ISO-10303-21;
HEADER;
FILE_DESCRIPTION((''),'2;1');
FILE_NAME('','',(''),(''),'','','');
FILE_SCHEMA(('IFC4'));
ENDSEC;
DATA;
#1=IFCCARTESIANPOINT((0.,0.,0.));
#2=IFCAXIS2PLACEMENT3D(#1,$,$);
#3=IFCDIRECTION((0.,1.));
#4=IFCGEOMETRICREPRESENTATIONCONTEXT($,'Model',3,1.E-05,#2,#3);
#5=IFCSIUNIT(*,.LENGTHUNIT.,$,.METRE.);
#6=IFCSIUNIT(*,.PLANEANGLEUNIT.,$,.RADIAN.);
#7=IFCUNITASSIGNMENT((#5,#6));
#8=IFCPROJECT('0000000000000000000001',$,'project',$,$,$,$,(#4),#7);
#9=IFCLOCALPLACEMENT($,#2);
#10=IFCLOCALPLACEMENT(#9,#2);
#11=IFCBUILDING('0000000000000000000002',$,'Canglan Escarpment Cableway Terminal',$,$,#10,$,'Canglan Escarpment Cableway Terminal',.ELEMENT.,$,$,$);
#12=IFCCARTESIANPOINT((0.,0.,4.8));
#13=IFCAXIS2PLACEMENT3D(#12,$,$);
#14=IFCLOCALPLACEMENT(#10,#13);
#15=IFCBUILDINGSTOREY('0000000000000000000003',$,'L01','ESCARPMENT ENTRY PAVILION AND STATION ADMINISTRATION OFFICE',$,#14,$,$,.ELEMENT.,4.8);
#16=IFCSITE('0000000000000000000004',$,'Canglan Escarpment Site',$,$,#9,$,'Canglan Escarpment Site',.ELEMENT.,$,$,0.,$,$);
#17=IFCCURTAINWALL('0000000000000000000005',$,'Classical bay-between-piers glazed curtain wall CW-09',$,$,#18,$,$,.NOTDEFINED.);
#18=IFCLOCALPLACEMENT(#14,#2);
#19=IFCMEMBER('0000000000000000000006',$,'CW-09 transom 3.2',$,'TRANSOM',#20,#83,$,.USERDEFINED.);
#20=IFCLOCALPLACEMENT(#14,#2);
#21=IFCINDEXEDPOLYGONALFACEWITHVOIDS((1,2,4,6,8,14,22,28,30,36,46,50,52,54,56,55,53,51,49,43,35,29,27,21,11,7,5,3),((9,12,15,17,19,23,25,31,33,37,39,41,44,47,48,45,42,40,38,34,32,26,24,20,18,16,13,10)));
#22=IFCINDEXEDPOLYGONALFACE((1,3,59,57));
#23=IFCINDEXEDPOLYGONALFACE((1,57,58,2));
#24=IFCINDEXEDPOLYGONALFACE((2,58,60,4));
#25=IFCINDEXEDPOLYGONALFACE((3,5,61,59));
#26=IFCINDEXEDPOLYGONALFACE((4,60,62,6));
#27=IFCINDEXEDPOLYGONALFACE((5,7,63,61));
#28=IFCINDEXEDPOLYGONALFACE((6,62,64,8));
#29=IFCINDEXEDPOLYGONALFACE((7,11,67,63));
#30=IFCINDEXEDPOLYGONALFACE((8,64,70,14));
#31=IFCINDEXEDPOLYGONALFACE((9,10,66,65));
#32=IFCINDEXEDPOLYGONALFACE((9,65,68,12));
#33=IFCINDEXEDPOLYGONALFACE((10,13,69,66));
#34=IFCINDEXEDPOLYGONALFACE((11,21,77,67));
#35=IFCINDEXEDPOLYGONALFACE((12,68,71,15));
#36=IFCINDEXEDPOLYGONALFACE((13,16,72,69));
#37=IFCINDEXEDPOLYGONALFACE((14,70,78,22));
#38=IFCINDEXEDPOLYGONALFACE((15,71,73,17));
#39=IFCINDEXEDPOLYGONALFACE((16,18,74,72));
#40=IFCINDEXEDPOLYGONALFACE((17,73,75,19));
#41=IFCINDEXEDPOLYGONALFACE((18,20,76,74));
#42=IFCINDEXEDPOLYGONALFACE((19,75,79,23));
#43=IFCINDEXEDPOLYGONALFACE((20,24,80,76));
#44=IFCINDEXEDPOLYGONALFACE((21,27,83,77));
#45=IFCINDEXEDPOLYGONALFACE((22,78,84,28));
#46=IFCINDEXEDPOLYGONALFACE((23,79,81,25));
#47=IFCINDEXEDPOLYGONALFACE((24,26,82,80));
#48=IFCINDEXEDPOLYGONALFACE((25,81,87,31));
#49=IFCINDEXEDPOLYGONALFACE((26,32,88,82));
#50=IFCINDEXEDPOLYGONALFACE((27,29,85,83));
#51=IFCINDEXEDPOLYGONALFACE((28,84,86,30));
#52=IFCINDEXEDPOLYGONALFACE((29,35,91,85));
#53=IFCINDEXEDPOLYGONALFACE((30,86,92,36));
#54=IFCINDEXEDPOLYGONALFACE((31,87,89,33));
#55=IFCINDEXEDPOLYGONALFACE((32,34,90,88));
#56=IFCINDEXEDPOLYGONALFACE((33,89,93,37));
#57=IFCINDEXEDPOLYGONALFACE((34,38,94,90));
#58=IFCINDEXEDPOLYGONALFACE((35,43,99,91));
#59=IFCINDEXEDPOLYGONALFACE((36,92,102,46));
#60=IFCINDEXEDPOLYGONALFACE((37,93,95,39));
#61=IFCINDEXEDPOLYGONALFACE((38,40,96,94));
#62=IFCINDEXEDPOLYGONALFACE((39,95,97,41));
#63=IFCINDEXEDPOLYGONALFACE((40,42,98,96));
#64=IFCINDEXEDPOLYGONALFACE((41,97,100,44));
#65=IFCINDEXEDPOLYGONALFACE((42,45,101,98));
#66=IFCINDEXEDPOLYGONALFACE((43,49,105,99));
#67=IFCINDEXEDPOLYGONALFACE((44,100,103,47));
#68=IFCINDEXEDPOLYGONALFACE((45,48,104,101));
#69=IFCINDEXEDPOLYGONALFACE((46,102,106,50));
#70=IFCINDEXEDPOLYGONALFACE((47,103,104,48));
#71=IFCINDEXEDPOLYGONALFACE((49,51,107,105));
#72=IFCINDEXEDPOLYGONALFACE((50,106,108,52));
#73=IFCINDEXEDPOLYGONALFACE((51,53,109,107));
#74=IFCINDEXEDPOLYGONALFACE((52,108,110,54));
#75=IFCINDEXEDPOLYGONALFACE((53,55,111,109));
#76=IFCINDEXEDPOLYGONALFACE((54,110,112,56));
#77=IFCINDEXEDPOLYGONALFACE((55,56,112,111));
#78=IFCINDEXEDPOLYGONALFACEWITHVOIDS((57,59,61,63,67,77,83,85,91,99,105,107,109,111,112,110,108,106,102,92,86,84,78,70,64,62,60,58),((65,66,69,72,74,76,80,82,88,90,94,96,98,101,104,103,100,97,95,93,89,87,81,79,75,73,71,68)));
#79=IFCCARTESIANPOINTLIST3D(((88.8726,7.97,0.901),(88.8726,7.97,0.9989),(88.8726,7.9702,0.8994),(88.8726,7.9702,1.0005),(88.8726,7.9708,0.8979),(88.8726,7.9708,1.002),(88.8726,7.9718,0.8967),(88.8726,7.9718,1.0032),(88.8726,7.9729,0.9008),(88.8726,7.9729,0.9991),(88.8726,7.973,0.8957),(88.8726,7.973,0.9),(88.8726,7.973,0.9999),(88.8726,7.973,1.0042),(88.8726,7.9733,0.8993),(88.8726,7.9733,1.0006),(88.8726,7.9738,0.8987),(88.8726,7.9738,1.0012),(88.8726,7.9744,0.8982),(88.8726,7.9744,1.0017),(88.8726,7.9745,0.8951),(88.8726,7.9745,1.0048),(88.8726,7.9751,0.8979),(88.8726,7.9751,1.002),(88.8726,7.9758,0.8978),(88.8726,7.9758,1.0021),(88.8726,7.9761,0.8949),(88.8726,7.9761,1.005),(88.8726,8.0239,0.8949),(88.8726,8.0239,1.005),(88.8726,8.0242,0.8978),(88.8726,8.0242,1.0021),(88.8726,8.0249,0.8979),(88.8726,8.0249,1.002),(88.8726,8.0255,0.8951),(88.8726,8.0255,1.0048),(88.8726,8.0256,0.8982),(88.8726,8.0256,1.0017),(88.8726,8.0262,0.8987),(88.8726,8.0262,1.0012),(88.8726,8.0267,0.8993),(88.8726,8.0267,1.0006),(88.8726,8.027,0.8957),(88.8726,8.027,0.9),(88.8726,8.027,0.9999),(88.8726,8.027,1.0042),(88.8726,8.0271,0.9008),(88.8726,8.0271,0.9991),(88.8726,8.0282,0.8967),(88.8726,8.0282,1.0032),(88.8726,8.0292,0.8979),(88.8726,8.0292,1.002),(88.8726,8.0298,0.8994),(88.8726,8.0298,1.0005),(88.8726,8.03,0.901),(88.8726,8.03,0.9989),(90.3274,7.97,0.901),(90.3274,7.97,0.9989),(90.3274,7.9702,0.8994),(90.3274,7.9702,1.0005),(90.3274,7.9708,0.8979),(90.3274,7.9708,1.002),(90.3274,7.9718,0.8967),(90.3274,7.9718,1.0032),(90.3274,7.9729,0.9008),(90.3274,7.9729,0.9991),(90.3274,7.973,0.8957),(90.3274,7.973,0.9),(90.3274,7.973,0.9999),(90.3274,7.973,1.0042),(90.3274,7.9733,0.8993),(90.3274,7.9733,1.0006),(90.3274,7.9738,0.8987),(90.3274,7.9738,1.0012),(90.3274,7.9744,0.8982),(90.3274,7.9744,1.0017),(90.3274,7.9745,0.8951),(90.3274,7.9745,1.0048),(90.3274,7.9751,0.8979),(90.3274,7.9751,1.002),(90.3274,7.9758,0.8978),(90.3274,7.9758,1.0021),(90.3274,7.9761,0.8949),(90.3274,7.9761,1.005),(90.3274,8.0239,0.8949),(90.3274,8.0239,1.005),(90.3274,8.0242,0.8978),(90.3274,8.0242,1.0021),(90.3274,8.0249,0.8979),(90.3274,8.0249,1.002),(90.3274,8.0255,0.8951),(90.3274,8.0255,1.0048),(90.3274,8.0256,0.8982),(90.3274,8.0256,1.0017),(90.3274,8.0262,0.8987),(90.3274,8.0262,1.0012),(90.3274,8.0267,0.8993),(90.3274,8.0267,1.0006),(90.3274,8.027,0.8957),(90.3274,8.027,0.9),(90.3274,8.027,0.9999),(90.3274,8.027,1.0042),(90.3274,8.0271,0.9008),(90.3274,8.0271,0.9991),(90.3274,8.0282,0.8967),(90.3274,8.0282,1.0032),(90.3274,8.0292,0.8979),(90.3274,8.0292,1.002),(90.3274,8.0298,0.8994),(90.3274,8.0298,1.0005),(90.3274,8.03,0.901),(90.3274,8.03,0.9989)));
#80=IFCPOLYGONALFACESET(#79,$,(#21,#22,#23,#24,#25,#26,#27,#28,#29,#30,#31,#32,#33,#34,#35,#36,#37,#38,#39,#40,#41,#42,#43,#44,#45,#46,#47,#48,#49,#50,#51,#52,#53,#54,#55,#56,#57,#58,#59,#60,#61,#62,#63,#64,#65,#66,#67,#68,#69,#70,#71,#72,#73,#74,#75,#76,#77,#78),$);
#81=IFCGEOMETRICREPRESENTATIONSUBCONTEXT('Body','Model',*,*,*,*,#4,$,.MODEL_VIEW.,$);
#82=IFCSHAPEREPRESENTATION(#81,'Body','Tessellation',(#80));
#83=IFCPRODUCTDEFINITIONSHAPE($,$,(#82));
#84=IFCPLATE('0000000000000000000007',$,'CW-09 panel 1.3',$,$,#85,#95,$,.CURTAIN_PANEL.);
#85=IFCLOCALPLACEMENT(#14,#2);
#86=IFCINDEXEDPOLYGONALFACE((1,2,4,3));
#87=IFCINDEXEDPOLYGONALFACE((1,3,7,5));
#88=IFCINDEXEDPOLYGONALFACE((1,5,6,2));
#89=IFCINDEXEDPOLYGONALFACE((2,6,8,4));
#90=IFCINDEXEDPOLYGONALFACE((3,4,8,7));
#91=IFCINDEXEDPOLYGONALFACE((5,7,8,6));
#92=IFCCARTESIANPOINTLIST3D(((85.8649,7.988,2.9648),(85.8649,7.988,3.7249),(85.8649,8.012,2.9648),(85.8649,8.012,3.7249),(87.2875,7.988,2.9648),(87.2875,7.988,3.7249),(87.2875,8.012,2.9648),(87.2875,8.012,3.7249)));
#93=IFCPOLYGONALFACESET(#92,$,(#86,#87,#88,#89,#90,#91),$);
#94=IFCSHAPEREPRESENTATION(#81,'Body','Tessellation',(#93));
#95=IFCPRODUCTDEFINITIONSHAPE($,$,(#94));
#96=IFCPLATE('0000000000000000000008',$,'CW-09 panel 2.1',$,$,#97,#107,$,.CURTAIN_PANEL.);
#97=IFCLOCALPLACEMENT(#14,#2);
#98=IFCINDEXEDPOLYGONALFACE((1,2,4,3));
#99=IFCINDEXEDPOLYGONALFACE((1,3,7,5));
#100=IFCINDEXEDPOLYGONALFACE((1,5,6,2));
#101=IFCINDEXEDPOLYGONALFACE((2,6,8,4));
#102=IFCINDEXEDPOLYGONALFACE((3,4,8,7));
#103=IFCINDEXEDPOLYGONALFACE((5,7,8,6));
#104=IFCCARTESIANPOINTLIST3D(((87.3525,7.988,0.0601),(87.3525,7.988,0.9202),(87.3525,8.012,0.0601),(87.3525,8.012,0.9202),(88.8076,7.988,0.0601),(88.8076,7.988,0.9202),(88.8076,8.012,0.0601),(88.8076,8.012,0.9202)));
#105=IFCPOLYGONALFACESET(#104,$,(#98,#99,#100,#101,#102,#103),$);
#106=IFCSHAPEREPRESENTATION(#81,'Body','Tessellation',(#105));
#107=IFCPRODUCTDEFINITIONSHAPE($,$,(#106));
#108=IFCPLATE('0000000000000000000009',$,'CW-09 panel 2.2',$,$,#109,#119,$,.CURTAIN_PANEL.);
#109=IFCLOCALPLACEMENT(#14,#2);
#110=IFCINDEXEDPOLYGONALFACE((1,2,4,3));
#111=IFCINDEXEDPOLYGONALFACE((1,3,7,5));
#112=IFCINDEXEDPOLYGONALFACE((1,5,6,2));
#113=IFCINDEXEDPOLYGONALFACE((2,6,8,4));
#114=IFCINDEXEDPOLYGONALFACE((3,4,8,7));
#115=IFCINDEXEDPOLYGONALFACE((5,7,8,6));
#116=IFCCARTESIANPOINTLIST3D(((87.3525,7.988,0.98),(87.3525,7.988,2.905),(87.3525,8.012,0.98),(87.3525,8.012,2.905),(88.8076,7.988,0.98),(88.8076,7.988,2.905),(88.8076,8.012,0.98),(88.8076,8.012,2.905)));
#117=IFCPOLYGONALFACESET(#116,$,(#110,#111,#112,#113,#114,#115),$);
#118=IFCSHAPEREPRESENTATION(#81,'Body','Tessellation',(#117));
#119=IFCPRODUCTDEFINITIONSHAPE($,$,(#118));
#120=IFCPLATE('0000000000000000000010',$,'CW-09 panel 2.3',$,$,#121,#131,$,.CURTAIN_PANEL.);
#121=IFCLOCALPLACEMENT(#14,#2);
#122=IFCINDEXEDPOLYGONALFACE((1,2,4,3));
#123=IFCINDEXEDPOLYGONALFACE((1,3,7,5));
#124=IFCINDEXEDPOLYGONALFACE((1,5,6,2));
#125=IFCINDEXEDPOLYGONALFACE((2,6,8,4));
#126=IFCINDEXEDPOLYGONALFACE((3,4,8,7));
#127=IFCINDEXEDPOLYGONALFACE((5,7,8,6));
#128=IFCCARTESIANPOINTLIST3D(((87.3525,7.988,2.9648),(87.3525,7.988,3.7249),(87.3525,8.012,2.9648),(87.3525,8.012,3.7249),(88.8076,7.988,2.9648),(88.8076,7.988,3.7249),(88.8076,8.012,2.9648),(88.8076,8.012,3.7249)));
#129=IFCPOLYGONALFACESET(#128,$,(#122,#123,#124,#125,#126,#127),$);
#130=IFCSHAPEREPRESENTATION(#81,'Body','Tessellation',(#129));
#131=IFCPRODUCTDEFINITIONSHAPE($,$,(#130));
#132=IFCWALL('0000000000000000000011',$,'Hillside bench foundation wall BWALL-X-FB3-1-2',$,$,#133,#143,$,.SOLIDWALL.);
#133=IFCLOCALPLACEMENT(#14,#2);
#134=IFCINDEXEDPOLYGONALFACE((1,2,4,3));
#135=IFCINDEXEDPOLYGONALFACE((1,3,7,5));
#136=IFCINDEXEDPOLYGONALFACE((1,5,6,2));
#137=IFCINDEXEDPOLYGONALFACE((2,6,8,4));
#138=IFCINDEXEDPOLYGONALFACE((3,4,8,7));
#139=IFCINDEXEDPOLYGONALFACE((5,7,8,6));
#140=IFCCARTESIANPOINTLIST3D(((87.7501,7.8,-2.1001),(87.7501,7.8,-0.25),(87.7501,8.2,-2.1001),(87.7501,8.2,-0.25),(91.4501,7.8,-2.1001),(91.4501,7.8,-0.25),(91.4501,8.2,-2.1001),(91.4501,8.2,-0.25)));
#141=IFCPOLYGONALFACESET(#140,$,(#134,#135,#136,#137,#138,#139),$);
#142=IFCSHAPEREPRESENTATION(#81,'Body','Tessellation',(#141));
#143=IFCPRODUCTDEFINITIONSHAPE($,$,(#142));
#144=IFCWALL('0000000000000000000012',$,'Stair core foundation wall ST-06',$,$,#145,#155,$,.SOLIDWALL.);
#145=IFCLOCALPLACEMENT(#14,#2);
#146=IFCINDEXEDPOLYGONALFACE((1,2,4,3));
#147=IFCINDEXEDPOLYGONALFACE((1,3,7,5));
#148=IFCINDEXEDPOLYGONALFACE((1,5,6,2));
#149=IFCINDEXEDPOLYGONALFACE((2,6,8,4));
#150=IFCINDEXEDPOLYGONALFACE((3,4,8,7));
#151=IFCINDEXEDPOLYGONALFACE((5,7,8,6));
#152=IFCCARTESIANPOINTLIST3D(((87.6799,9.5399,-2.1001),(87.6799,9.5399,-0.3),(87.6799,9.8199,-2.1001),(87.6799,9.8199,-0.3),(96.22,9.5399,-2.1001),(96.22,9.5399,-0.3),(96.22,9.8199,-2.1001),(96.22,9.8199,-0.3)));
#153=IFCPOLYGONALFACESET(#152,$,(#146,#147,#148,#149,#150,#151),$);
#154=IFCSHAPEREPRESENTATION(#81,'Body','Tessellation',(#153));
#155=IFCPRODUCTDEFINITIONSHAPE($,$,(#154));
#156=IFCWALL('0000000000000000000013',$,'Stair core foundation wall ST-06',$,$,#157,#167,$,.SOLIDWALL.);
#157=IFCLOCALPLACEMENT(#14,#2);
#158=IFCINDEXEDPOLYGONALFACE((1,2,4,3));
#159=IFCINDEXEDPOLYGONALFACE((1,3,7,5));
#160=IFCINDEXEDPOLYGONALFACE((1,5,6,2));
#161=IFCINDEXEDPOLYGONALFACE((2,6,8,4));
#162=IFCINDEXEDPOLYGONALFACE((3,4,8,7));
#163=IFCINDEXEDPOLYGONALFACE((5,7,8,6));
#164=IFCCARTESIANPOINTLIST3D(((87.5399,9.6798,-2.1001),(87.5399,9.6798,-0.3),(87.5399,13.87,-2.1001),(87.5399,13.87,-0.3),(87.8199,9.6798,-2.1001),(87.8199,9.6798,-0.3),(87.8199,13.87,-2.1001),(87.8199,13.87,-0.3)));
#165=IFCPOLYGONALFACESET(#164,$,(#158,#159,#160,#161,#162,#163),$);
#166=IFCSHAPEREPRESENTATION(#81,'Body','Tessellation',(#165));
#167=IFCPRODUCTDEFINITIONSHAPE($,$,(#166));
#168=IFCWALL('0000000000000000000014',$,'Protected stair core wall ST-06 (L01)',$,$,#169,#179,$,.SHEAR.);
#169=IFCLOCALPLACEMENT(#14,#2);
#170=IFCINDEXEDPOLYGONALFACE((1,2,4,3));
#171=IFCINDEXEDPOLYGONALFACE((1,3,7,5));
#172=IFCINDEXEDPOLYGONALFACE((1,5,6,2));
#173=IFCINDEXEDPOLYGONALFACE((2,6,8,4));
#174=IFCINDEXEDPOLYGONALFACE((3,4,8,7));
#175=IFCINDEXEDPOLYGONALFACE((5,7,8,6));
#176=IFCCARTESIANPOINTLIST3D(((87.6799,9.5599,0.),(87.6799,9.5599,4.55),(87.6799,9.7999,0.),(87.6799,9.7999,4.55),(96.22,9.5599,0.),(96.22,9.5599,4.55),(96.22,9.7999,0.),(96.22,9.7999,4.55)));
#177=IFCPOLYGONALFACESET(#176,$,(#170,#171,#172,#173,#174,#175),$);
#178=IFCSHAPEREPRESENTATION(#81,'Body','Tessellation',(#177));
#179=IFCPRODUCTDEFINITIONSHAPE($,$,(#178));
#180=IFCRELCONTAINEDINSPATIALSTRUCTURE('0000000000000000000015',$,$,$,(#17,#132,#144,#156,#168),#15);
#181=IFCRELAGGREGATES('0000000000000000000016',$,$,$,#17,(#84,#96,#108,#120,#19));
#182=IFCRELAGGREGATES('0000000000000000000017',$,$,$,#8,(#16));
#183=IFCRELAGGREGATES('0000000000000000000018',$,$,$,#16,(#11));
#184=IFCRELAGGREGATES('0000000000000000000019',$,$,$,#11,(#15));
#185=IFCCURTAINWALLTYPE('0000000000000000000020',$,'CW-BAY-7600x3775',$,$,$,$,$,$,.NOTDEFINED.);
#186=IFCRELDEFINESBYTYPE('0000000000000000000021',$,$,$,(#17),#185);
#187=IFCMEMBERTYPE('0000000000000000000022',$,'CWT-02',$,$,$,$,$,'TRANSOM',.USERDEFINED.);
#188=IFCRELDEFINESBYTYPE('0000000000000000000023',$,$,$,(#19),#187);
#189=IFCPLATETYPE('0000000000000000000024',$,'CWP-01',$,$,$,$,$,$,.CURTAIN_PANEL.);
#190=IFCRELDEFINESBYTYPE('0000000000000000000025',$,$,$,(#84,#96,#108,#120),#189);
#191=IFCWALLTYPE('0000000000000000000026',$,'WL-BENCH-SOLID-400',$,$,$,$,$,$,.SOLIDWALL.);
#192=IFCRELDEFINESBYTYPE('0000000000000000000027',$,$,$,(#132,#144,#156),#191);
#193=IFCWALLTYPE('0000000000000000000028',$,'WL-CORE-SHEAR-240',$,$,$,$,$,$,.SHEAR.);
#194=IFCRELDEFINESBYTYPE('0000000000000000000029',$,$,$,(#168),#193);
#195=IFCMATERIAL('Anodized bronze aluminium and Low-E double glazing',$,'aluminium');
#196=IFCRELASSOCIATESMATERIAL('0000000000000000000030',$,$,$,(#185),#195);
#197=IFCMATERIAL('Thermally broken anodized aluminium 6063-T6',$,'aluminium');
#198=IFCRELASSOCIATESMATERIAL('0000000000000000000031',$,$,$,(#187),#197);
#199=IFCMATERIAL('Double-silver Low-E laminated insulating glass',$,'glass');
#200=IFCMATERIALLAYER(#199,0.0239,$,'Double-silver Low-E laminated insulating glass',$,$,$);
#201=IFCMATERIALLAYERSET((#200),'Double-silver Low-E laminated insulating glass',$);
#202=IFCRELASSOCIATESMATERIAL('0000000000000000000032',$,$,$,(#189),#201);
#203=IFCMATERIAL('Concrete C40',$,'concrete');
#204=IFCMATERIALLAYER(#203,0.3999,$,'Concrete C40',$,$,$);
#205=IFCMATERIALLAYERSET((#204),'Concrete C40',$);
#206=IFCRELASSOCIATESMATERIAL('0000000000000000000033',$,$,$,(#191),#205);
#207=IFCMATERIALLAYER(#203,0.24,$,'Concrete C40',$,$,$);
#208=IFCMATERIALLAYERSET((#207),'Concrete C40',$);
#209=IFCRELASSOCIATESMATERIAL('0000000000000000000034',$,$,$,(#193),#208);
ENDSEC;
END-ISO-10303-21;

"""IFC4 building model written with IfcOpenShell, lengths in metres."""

from ifc_helpers import new_model, si_unit, direction, frame, frame_2d, origin, origin_2d, place, context, subcontext, project, spatial, rectangle, hollow_rectangle, extrude, material, layer, layer_set, material_profile, profile_set, type_object, element, aggregate, save


model = new_model("IFC4")

# Units and contexts
model_context = context("Model", 3, precision=1e-05, world=origin(), true_north=direction((0.0, 1.0)))
body_context = subcontext(model_context, "Body", "Model", "MODEL_VIEW")
ifc_project = project(units=[si_unit("LENGTHUNIT", "METRE"), si_unit("PLANEANGLEUNIT", "RADIAN")], contexts=[model_context])

# Site, building, storey
site_placement = place(None, origin())
site = spatial("IfcSite", under=ifc_project, at=site_placement, Name="Canglan Escarpment Site", LongName="Canglan Escarpment Site", CompositionType="ELEMENT", RefElevation=0.0)
building_placement = place(site_placement, origin())
building = spatial("IfcBuilding", under=site, at=building_placement, Name="Canglan Escarpment Cableway Terminal", LongName="Canglan Escarpment Cableway Terminal", CompositionType="ELEMENT")
storey_placement = place(building_placement, frame((0.0, 0.0, 4.8)))
storey = spatial("IfcBuildingStorey", under=building, at=storey_placement, Name="L01", Description="ESCARPMENT ENTRY PAVILION AND STATION ADMINISTRATION OFFICE", CompositionType="ELEMENT", Elevation=4.8)

# Shared definitions
ifc_material_1 = material(Name="Concrete C40", Category="concrete")

# Curtain wall, member, plates
ifc_material_2 = material(Name="Anodized bronze aluminium and Low-E double glazing", Category="aluminium")
curtain_wall_type = type_object("IfcCurtainWallType", Name="CW-BAY-7600x3775", PredefinedType="NOTDEFINED", material=ifc_material_2)
curtain_wall_placement = place(storey_placement, origin())
curtain_wall = element("IfcCurtainWall", 1, at=curtain_wall_placement, inside=storey, type_object=curtain_wall_type, Name="Classical bay-between-piers glazed curtain wall CW-09", PredefinedType="NOTDEFINED")
ifc_material_3 = material(Name="Thermally broken anodized aluminium 6063-T6", Category="aluminium")
ifc_material_profile_1 = material_profile(ifc_material_3, hollow_rectangle(XDim=0.0601, YDim=0.1101, WallThickness=0.0029, InnerFilletRadius=0.0029, OuterFilletRadius=0.0061, at=origin_2d()), Name="ALU-TRAN 60x110x3")
ifc_profile_set_1 = profile_set([ifc_material_profile_1], Name="Thermally broken anodized aluminium 6063-T6")
member_type_1 = type_object("IfcMemberType", Name="CWT-02", ElementType="TRANSOM", PredefinedType="USERDEFINED", material=ifc_profile_set_1)
member_1_placement = place(storey_placement, frame((88.8726, 8.0, 0.95), z_axis=(1.0, 0.0, 0.0), x_axis=(0.0, 1.0, 0.0)))
member_1 = element("IfcMember", 2, at=member_1_placement, type_object=member_type_1, Name="CW-09 transom 3.2", ObjectType="TRANSOM", PredefinedType="USERDEFINED", context=body_context, shape_type="SweptSolid", body=[
    extrude(hollow_rectangle(XDim=0.0601, YDim=0.1101, WallThickness=0.0029, InnerFilletRadius=0.0029, OuterFilletRadius=0.0061, at=origin_2d()), origin(), (0.0, 0.0, 1.0), 1.4548),
])
ifc_material_4 = material(Name="Double-silver Low-E laminated insulating glass", Category="glass")
ifc_layer_1 = layer(ifc_material_4, 0.0239, Name="Double-silver Low-E laminated insulating glass")
ifc_layer_set_1 = layer_set([ifc_layer_1], Name="Double-silver Low-E laminated insulating glass")
plate_type = type_object("IfcPlateType", Name="CWP-01", PredefinedType="CURTAIN_PANEL", material=ifc_layer_set_1)
plate_1_placement = place(storey_placement, frame((86.5762, 8.0, 2.9648), z_axis=(0.0, 0.0, 1.0), x_axis=(1.0, 0.0, 0.0)))
plate_1 = element("IfcPlate", 3, at=plate_1_placement, type_object=plate_type, Name="CW-09 panel 1.3", PredefinedType="CURTAIN_PANEL", context=body_context, shape_type="SweptSolid", body=[
    extrude(rectangle(XDim=1.4226, YDim=0.0239, at=origin_2d()), origin(), (0.0, 0.0, 1.0), 0.76),
])
plate_2_placement = place(storey_placement, frame((88.0801, 8.0, 0.0601), z_axis=(0.0, 0.0, 1.0), x_axis=(1.0, 0.0, 0.0)))
plate_2 = element("IfcPlate", 4, at=plate_2_placement, type_object=plate_type, Name="CW-09 panel 2.1", PredefinedType="CURTAIN_PANEL", context=body_context, shape_type="SweptSolid", body=[
    extrude(rectangle(XDim=1.4551, YDim=0.0239, at=origin_2d()), origin(), (0.0, 0.0, 1.0), 0.8601),
])
plate_3_placement = place(storey_placement, frame((88.0801, 8.0, 0.98), z_axis=(0.0, 0.0, 1.0), x_axis=(1.0, 0.0, 0.0)))
plate_3 = element("IfcPlate", 5, at=plate_3_placement, type_object=plate_type, Name="CW-09 panel 2.2", PredefinedType="CURTAIN_PANEL", context=body_context, shape_type="SweptSolid", body=[
    extrude(rectangle(XDim=1.4551, YDim=0.0239, at=origin_2d()), origin(), (0.0, 0.0, 1.0), 1.925),
])
plate_4_placement = place(storey_placement, frame((88.0801, 8.0, 2.9648), z_axis=(0.0, 0.0, 1.0), x_axis=(1.0, 0.0, 0.0)))
plate_4 = element("IfcPlate", 6, at=plate_4_placement, type_object=plate_type, Name="CW-09 panel 2.3", PredefinedType="CURTAIN_PANEL", context=body_context, shape_type="SweptSolid", body=[
    extrude(rectangle(XDim=1.4551, YDim=0.0239, at=origin_2d()), origin(), (0.0, 0.0, 1.0), 0.76),
])
aggregate(curtain_wall, [plate_1, plate_2, plate_3, plate_4, member_1])

# Walls
ifc_layer_2 = layer(ifc_material_1, 0.3999, Name="Concrete C40")
ifc_layer_set_2 = layer_set([ifc_layer_2], Name="Concrete C40")
wall_type_1 = type_object("IfcWallType", Name="WL-BENCH-SOLID-400", PredefinedType="SOLIDWALL", material=ifc_layer_set_2)
wall_1_placement = place(storey_placement, frame((87.75, 8.0, -2.1001), z_axis=(0.0, 0.0, 1.0), x_axis=(1.0, 0.0, 0.0)))
element("IfcWall", 7, at=wall_1_placement, inside=storey, type_object=wall_type_1, Name="Hillside bench foundation wall BWALL-X-FB3-1-2", PredefinedType="SOLIDWALL", context=body_context, shape_type="SweptSolid", body=[
    extrude(rectangle(XDim=3.7, YDim=0.3999, at=frame_2d((1.8501, 0.0))), origin(), (0.0, 0.0, 1.0), 1.8501),
])
wall_2_placement = place(storey_placement, frame((87.6799, 9.6799, -2.1001), z_axis=(0.0, 0.0, 1.0), x_axis=(1.0, 0.0, 0.0)))
element("IfcWall", 8, at=wall_2_placement, inside=storey, type_object=wall_type_1, Name="Stair core foundation wall ST-06", PredefinedType="SOLIDWALL", context=body_context, shape_type="SweptSolid", body=[
    extrude(rectangle(XDim=8.54, YDim=0.28, at=frame_2d((4.27, 0.0))), origin(), (0.0, 0.0, 1.0), 1.8),
])
wall_3_placement = place(storey_placement, frame((87.6799, 13.8701, -2.1001), z_axis=(0.0, 0.0, 1.0), x_axis=(0.0, -1.0, 0.0)))
element("IfcWall", 9, at=wall_3_placement, inside=storey, type_object=wall_type_1, Name="Stair core foundation wall ST-06", PredefinedType="SOLIDWALL", context=body_context, shape_type="SweptSolid", body=[
    extrude(rectangle(XDim=4.1902, YDim=0.28, at=frame_2d((2.0952, 0.0))), origin(), (0.0, 0.0, 1.0), 1.8),
])
ifc_layer_3 = layer(ifc_material_1, 0.24, Name="Concrete C40")
ifc_layer_set_3 = layer_set([ifc_layer_3], Name="Concrete C40")
wall_type_2 = type_object("IfcWallType", Name="WL-CORE-SHEAR-240", PredefinedType="SHEAR", material=ifc_layer_set_3)
wall_4_placement = place(storey_placement, frame((87.6799, 9.6799, 0.0), z_axis=(0.0, 0.0, 1.0), x_axis=(1.0, 0.0, 0.0)))
element("IfcWall", 10, at=wall_4_placement, inside=storey, type_object=wall_type_2, Name="Protected stair core wall ST-06 (L01)", PredefinedType="SHEAR", context=body_context, shape_type="SweptSolid", body=[
    extrude(rectangle(XDim=8.54, YDim=0.24, at=frame_2d((4.27, 0.0))), origin(), (0.0, 0.0, 1.0), 4.55),
])

save(model, "model.ifc")
